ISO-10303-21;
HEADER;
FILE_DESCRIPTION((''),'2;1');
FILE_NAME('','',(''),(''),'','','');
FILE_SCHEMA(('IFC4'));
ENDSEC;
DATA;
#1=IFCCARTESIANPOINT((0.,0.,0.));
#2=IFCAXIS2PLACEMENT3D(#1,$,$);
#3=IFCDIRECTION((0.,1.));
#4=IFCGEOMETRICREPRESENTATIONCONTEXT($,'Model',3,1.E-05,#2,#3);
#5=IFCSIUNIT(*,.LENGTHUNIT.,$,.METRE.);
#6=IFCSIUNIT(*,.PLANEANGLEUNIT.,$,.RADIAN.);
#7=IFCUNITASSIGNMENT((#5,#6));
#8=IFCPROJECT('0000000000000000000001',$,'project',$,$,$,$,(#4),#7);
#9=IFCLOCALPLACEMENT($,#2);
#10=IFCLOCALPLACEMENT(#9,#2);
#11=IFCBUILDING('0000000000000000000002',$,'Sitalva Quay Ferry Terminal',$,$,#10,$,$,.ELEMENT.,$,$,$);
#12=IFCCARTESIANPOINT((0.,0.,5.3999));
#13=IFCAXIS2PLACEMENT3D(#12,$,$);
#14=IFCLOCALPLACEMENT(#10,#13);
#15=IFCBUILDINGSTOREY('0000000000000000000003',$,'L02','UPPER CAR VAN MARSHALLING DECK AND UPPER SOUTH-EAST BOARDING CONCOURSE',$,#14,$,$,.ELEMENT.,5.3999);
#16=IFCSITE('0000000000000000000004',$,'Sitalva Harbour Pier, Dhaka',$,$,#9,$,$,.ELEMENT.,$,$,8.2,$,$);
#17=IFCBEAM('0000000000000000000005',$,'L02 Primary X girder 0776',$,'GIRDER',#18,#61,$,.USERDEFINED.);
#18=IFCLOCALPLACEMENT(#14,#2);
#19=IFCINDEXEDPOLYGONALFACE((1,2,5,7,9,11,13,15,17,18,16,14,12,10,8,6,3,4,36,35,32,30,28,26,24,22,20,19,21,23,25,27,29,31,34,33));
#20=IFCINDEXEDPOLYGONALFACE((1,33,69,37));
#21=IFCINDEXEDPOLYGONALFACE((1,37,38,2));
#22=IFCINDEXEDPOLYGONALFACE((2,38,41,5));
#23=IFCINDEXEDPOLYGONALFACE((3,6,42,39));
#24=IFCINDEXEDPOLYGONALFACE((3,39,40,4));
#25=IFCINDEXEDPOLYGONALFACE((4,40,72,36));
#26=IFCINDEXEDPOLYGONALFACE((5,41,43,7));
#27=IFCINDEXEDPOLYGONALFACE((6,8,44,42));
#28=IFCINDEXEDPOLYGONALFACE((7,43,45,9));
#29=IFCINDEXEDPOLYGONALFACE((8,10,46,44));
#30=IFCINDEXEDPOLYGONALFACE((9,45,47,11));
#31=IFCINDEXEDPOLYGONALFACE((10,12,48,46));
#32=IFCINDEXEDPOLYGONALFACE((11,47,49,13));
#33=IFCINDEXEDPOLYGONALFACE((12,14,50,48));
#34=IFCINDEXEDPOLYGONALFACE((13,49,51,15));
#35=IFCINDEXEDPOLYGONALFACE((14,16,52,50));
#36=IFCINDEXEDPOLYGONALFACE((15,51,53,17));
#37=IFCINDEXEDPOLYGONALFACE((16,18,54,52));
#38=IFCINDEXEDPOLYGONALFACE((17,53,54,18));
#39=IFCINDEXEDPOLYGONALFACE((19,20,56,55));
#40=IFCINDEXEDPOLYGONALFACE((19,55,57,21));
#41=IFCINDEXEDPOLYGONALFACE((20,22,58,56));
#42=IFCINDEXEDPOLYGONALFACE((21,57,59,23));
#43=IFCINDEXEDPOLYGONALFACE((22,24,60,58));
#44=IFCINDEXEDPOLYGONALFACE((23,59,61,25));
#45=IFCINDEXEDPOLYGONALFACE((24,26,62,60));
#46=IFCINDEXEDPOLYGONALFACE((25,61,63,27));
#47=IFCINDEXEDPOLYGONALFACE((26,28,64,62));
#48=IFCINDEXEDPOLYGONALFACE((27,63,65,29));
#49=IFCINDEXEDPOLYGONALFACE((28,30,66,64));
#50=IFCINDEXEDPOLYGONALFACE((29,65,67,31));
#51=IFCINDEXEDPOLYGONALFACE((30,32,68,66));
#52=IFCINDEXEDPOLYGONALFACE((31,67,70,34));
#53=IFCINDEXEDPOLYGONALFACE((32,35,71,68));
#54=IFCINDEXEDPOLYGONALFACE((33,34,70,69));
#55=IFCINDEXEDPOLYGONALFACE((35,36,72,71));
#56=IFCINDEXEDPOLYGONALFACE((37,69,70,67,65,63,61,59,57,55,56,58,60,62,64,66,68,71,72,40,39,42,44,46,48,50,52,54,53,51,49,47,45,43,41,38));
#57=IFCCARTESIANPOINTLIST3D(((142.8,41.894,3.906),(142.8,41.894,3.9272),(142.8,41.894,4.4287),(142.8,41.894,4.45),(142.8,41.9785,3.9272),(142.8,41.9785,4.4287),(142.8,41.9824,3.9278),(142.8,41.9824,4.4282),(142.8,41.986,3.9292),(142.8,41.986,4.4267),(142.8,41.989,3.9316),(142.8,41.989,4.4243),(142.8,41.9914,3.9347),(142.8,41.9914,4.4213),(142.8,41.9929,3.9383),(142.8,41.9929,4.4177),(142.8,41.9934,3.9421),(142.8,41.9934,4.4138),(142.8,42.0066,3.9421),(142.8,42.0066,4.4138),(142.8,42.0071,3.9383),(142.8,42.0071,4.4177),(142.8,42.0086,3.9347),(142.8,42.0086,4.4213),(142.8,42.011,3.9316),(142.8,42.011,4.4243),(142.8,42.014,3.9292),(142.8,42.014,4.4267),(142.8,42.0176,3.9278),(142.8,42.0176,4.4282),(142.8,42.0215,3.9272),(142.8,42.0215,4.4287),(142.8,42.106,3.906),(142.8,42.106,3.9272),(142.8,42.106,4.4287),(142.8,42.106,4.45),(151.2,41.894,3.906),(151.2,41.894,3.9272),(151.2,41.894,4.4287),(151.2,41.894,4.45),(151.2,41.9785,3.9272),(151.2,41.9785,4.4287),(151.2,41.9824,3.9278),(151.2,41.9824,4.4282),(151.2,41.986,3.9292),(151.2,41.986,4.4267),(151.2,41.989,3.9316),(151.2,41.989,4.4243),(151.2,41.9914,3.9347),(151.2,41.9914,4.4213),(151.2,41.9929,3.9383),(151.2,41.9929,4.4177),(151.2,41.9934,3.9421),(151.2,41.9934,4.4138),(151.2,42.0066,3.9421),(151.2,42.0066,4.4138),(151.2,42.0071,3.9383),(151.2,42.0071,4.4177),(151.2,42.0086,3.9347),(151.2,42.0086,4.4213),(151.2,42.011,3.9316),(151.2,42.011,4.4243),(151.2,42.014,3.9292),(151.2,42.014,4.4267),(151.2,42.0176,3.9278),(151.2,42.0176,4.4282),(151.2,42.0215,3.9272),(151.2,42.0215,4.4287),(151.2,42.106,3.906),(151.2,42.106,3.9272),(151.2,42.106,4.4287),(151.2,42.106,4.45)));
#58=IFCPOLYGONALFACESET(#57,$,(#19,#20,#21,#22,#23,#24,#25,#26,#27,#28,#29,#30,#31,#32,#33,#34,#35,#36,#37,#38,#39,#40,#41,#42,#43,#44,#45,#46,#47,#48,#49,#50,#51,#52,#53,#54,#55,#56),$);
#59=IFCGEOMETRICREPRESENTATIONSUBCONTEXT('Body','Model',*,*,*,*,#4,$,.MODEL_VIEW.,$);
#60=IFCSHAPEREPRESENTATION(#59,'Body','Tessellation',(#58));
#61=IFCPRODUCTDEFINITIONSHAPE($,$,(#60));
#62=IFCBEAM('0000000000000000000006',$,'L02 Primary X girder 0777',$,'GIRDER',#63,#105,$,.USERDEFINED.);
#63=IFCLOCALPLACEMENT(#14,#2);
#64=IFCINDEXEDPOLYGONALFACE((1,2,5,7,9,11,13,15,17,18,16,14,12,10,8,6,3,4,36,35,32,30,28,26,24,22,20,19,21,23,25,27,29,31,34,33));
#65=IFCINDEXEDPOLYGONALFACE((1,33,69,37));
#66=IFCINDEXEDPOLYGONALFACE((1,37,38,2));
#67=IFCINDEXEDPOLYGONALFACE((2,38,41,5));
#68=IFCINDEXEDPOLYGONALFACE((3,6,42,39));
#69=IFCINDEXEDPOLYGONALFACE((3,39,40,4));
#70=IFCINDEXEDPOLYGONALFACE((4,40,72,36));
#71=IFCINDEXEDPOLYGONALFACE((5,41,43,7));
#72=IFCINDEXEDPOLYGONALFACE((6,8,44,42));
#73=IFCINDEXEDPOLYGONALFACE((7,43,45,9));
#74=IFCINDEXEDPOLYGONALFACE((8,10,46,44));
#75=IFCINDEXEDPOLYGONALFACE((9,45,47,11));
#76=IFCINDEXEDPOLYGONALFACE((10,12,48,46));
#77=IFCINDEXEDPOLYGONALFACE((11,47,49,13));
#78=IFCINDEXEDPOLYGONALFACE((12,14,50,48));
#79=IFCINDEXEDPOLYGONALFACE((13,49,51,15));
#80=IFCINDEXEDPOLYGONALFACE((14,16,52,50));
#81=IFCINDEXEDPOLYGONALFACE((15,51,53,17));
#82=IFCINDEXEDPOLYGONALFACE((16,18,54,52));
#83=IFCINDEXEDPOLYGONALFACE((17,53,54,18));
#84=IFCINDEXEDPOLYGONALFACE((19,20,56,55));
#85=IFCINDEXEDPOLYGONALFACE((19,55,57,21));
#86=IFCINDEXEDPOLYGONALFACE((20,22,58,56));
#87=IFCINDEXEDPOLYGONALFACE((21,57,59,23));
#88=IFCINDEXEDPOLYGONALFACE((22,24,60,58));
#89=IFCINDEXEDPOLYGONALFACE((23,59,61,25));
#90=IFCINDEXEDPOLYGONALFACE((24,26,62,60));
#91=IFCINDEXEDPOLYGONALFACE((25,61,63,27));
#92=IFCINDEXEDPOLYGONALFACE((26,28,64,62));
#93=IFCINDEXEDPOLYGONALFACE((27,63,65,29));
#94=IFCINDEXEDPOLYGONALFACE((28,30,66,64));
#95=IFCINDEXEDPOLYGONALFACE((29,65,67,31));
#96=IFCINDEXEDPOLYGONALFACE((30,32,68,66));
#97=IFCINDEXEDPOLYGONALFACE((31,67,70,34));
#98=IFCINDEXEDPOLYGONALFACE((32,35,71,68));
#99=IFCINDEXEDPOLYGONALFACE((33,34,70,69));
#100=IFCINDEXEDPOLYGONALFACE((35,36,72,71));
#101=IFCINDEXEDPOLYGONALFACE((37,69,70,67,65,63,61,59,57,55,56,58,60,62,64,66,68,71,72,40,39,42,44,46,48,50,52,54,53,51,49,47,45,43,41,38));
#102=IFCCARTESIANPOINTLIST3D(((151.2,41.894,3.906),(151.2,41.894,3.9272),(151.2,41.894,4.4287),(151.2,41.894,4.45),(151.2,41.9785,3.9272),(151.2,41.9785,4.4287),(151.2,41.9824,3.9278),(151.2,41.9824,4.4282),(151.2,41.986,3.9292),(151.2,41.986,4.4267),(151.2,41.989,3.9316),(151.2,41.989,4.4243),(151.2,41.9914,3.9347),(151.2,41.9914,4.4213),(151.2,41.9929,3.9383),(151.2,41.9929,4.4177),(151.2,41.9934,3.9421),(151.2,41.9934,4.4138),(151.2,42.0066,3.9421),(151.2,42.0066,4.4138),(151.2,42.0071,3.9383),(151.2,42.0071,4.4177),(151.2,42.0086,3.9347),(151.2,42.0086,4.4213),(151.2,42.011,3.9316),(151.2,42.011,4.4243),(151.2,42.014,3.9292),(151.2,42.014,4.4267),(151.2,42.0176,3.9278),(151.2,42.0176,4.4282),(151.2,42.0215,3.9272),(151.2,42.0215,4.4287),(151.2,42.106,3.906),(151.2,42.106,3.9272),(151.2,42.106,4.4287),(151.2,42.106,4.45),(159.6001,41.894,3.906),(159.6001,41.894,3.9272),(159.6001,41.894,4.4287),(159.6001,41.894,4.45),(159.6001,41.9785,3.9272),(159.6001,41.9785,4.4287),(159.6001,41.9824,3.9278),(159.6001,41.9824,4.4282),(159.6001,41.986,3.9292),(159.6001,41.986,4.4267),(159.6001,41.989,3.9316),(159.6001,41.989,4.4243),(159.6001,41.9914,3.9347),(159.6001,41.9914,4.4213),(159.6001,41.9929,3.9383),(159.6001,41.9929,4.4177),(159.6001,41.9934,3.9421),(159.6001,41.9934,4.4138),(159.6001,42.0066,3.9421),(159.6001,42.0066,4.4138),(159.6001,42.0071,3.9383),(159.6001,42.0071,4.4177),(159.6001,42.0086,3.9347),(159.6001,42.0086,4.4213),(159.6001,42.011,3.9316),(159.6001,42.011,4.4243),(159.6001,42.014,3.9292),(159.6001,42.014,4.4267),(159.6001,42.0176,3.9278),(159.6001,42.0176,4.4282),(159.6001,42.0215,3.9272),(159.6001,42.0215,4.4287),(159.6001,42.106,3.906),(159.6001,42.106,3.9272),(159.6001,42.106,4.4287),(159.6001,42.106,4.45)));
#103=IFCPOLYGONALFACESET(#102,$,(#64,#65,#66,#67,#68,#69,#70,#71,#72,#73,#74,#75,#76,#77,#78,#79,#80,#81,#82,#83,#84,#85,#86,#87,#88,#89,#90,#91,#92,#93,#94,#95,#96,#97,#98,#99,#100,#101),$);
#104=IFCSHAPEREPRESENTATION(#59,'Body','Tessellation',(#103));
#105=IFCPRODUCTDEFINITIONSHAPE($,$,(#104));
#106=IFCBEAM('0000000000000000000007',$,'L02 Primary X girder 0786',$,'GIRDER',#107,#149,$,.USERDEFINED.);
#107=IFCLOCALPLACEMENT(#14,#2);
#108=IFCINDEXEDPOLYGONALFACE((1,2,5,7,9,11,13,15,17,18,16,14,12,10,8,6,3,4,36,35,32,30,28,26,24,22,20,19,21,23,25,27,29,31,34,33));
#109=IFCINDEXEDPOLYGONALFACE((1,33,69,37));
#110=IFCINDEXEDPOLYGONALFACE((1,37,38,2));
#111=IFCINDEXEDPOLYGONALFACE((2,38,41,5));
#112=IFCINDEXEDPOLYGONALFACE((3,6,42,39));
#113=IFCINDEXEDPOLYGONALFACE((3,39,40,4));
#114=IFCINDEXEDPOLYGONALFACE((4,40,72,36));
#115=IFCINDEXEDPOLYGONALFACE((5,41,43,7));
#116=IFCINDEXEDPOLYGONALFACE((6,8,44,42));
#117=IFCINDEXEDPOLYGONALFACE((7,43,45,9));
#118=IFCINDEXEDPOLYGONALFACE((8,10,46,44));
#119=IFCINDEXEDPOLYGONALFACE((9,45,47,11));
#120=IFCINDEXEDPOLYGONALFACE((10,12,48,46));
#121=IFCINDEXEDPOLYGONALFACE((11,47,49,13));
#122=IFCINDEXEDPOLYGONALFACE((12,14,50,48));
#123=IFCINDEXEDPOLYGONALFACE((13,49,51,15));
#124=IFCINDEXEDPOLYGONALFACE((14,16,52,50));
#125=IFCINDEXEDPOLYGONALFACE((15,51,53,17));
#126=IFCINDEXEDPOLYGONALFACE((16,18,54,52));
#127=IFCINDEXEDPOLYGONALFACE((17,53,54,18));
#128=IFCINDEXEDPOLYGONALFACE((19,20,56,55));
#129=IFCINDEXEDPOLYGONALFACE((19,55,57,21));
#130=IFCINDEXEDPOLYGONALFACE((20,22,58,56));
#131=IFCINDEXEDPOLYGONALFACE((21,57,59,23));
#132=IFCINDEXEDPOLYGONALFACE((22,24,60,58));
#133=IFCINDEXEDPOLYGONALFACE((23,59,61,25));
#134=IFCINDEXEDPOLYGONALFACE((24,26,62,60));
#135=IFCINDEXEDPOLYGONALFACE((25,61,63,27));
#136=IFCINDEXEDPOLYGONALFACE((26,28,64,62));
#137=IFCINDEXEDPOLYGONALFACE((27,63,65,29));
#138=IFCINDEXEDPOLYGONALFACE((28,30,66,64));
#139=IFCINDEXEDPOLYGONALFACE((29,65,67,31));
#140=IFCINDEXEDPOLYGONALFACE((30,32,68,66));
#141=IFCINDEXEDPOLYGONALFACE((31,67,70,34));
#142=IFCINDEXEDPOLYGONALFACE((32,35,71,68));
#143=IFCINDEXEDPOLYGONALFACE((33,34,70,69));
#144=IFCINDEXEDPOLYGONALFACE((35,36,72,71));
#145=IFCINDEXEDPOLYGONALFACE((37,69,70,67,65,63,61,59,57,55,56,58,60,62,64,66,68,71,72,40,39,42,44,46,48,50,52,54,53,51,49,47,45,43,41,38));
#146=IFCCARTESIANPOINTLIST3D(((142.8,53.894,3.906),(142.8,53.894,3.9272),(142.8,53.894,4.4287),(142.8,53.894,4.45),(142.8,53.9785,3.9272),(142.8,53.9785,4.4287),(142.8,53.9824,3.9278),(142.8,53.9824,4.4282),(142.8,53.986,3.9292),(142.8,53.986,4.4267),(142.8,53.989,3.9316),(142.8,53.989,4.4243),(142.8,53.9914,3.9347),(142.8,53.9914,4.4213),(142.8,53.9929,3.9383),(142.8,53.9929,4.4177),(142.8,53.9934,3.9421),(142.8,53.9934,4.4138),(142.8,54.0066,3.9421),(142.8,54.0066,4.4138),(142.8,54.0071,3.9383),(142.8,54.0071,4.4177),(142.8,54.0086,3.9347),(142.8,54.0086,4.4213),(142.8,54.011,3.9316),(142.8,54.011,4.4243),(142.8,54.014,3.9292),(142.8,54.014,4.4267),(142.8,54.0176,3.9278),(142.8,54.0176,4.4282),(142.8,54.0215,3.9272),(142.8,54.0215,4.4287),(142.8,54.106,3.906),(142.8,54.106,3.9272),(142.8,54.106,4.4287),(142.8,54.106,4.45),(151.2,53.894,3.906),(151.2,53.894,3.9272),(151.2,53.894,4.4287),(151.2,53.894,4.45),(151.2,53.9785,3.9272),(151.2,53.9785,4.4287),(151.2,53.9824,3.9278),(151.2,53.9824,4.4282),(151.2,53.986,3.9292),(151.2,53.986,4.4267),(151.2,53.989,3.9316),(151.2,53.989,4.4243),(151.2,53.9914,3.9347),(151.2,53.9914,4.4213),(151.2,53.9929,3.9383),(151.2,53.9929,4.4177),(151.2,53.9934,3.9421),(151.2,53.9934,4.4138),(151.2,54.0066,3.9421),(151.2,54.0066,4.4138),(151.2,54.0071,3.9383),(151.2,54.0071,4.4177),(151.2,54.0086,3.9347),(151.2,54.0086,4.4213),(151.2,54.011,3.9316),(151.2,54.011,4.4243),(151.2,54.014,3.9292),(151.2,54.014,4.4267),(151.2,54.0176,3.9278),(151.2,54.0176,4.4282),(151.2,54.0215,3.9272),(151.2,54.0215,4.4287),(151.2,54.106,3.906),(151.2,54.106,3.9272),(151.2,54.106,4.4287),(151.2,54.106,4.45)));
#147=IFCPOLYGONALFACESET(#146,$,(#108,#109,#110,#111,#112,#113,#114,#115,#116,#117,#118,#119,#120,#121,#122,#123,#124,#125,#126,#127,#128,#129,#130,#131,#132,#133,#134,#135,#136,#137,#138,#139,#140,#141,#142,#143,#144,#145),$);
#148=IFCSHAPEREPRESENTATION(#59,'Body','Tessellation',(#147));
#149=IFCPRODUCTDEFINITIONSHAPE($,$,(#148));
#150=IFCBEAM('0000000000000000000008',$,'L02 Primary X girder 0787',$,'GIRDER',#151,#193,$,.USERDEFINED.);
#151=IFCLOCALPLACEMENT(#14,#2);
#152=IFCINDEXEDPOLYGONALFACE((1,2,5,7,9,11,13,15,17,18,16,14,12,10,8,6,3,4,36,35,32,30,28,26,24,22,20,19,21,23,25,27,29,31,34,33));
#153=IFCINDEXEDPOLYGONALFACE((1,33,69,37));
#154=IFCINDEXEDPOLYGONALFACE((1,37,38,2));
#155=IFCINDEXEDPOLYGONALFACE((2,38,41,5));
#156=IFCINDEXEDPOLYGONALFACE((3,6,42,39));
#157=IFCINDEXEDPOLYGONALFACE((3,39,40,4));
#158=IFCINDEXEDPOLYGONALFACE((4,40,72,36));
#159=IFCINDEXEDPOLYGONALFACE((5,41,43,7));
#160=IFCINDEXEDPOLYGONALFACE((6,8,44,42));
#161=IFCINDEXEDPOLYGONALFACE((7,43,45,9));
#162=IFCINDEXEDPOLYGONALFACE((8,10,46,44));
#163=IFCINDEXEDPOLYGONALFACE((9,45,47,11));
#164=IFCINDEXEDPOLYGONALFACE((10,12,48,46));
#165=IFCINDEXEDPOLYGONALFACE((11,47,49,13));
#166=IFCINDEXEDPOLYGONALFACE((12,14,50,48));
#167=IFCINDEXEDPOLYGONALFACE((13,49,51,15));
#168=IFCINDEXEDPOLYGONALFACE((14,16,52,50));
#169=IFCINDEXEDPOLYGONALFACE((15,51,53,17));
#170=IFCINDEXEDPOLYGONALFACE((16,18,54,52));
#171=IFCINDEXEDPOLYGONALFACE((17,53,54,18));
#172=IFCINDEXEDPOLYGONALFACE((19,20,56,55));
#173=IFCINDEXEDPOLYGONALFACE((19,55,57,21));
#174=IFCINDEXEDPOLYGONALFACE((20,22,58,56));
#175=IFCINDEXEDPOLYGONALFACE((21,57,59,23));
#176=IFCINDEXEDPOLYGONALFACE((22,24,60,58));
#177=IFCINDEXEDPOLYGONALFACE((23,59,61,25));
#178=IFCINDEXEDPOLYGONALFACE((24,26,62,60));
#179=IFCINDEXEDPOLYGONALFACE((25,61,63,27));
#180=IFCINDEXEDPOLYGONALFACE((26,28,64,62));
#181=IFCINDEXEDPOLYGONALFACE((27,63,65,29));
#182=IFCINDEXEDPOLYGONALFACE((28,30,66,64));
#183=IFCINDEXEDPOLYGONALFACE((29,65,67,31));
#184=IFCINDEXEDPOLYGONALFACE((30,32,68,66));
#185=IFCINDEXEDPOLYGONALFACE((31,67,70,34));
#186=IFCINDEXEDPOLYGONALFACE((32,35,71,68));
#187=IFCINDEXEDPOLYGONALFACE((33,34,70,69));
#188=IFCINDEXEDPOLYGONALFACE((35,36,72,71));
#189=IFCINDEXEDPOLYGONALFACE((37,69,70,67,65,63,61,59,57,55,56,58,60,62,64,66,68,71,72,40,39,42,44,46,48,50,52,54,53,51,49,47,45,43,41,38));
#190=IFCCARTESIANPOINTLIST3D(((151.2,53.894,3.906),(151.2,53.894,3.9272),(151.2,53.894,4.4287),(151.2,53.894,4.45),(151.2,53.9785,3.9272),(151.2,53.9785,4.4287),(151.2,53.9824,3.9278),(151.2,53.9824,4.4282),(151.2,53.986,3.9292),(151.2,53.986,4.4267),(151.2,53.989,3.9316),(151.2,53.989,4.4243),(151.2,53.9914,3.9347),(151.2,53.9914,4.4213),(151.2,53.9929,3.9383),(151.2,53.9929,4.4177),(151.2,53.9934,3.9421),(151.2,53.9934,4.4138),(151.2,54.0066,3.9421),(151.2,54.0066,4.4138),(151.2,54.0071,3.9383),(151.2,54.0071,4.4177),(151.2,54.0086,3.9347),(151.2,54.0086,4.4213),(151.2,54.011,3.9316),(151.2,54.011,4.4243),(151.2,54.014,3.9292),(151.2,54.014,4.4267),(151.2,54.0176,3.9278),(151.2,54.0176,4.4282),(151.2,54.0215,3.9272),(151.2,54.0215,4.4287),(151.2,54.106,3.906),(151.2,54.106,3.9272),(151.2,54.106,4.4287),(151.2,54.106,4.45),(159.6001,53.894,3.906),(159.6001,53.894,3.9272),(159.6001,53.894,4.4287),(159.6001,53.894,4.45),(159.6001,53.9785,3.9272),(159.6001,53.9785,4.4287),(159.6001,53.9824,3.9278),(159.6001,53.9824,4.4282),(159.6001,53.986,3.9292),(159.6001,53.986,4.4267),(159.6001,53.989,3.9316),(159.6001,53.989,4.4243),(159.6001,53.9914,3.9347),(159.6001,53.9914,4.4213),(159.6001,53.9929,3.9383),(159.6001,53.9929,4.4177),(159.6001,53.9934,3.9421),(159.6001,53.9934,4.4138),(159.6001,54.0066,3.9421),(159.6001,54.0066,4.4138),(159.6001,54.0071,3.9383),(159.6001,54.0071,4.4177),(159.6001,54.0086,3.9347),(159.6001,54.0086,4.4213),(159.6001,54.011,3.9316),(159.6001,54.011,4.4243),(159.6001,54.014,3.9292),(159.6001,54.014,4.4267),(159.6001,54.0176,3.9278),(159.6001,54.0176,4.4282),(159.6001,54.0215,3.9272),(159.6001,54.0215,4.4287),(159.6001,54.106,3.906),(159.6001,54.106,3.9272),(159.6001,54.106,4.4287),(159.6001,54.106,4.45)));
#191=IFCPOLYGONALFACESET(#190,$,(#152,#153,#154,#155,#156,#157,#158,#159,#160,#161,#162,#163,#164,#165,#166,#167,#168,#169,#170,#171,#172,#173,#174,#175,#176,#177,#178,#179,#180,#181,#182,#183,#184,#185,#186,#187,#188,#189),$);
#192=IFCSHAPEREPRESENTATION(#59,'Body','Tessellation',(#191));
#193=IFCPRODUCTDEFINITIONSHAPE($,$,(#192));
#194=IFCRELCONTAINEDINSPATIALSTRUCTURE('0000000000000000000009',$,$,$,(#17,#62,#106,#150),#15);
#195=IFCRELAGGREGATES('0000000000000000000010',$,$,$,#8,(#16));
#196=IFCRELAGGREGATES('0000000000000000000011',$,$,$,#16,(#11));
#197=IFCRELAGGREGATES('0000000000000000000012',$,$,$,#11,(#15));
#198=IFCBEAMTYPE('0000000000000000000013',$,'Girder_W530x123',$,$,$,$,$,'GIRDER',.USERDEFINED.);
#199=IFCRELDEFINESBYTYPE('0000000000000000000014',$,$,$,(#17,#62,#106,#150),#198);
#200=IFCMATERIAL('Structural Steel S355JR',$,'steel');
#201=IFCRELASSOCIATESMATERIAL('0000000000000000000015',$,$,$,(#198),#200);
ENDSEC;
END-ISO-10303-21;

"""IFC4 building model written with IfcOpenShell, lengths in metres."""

from ifc_helpers import new_model, si_unit, direction, frame, origin, origin_2d, place, context, subcontext, project, spatial, i_section, extrude, material, material_profile, profile_set, type_object, element, save


model = new_model("IFC4")

# Units and contexts
model_context = context("Model", 3, precision=1e-05, world=origin(), true_north=direction((0.0, 1.0)))
body_context = subcontext(model_context, "Body", "Model", "MODEL_VIEW")
ifc_project = project(units=[si_unit("LENGTHUNIT", "METRE"), si_unit("PLANEANGLEUNIT", "RADIAN")], contexts=[model_context])

# Site, building, storey
site_placement = place(None, origin())
site = spatial("IfcSite", under=ifc_project, at=site_placement, Name="Sitalva Harbour Pier, Dhaka", CompositionType="ELEMENT", RefElevation=8.2)
building_placement = place(site_placement, origin())
building = spatial("IfcBuilding", under=site, at=building_placement, Name="Sitalva Quay Ferry Terminal", CompositionType="ELEMENT")
storey_placement = place(building_placement, frame((0.0, 0.0, 5.3999)))
storey = spatial("IfcBuildingStorey", under=building, at=storey_placement, Name="L02", Description="UPPER CAR VAN MARSHALLING DECK AND UPPER SOUTH-EAST BOARDING CONCOURSE", CompositionType="ELEMENT", Elevation=5.3999)

# Beams
ifc_material_1 = material(Name="Structural Steel S355JR", Category="steel")
ifc_material_profile_1 = material_profile(ifc_material_1, i_section(OverallWidth=0.2119, OverallDepth=0.5439, WebThickness=0.0132, FlangeThickness=0.0212, FilletRadius=0.0149, at=origin_2d()), Name="W530x123")
ifc_profile_set_1 = profile_set([ifc_material_profile_1], Name="Structural Steel S355JR")
beam_type_1 = type_object("IfcBeamType", Name="Girder_W530x123", ElementType="GIRDER", PredefinedType="USERDEFINED", material=ifc_profile_set_1)
beam_1_placement = place(storey_placement, frame((142.8, 42.0, 4.178), z_axis=(1.0, 0.0, 0.0), x_axis=(0.0, 1.0, 0.0)))
element("IfcBeam", 1, at=beam_1_placement, inside=storey, type_object=beam_type_1, Name="L02 Primary X girder 0776", ObjectType="GIRDER", PredefinedType="USERDEFINED", context=body_context, shape_type="SweptSolid", body=[
    extrude(i_section(OverallWidth=0.2119, OverallDepth=0.5439, WebThickness=0.0132, FlangeThickness=0.0212, FilletRadius=0.0149, at=origin_2d()), origin(), (0.0, 0.0, 1.0), 8.3999),
])
beam_2_placement = place(storey_placement, frame((151.2, 42.0, 4.178), z_axis=(1.0, 0.0, 0.0), x_axis=(0.0, 1.0, 0.0)))
element("IfcBeam", 2, at=beam_2_placement, inside=storey, type_object=beam_type_1, Name="L02 Primary X girder 0777", ObjectType="GIRDER", PredefinedType="USERDEFINED", context=body_context, shape_type="SweptSolid", body=[
    extrude(i_section(OverallWidth=0.2119, OverallDepth=0.5439, WebThickness=0.0132, FlangeThickness=0.0212, FilletRadius=0.0149, at=origin_2d()), origin(), (0.0, 0.0, 1.0), 8.4001),
])
beam_3_placement = place(storey_placement, frame((142.8, 54.0, 4.178), z_axis=(1.0, 0.0, 0.0), x_axis=(0.0, 1.0, 0.0)))
element("IfcBeam", 3, at=beam_3_placement, inside=storey, type_object=beam_type_1, Name="L02 Primary X girder 0786", ObjectType="GIRDER", PredefinedType="USERDEFINED", context=body_context, shape_type="SweptSolid", body=[
    extrude(i_section(OverallWidth=0.2119, OverallDepth=0.5439, WebThickness=0.0132, FlangeThickness=0.0212, FilletRadius=0.0149, at=origin_2d()), origin(), (0.0, 0.0, 1.0), 8.3999),
])
beam_4_placement = place(storey_placement, frame((151.2, 54.0, 4.178), z_axis=(1.0, 0.0, 0.0), x_axis=(0.0, 1.0, 0.0)))
element("IfcBeam", 4, at=beam_4_placement, inside=storey, type_object=beam_type_1, Name="L02 Primary X girder 0787", ObjectType="GIRDER", PredefinedType="USERDEFINED", context=body_context, shape_type="SweptSolid", body=[
    extrude(i_section(OverallWidth=0.2119, OverallDepth=0.5439, WebThickness=0.0132, FlangeThickness=0.0212, FilletRadius=0.0149, at=origin_2d()), origin(), (0.0, 0.0, 1.0), 8.4001),
])

save(model, "model.ifc")
